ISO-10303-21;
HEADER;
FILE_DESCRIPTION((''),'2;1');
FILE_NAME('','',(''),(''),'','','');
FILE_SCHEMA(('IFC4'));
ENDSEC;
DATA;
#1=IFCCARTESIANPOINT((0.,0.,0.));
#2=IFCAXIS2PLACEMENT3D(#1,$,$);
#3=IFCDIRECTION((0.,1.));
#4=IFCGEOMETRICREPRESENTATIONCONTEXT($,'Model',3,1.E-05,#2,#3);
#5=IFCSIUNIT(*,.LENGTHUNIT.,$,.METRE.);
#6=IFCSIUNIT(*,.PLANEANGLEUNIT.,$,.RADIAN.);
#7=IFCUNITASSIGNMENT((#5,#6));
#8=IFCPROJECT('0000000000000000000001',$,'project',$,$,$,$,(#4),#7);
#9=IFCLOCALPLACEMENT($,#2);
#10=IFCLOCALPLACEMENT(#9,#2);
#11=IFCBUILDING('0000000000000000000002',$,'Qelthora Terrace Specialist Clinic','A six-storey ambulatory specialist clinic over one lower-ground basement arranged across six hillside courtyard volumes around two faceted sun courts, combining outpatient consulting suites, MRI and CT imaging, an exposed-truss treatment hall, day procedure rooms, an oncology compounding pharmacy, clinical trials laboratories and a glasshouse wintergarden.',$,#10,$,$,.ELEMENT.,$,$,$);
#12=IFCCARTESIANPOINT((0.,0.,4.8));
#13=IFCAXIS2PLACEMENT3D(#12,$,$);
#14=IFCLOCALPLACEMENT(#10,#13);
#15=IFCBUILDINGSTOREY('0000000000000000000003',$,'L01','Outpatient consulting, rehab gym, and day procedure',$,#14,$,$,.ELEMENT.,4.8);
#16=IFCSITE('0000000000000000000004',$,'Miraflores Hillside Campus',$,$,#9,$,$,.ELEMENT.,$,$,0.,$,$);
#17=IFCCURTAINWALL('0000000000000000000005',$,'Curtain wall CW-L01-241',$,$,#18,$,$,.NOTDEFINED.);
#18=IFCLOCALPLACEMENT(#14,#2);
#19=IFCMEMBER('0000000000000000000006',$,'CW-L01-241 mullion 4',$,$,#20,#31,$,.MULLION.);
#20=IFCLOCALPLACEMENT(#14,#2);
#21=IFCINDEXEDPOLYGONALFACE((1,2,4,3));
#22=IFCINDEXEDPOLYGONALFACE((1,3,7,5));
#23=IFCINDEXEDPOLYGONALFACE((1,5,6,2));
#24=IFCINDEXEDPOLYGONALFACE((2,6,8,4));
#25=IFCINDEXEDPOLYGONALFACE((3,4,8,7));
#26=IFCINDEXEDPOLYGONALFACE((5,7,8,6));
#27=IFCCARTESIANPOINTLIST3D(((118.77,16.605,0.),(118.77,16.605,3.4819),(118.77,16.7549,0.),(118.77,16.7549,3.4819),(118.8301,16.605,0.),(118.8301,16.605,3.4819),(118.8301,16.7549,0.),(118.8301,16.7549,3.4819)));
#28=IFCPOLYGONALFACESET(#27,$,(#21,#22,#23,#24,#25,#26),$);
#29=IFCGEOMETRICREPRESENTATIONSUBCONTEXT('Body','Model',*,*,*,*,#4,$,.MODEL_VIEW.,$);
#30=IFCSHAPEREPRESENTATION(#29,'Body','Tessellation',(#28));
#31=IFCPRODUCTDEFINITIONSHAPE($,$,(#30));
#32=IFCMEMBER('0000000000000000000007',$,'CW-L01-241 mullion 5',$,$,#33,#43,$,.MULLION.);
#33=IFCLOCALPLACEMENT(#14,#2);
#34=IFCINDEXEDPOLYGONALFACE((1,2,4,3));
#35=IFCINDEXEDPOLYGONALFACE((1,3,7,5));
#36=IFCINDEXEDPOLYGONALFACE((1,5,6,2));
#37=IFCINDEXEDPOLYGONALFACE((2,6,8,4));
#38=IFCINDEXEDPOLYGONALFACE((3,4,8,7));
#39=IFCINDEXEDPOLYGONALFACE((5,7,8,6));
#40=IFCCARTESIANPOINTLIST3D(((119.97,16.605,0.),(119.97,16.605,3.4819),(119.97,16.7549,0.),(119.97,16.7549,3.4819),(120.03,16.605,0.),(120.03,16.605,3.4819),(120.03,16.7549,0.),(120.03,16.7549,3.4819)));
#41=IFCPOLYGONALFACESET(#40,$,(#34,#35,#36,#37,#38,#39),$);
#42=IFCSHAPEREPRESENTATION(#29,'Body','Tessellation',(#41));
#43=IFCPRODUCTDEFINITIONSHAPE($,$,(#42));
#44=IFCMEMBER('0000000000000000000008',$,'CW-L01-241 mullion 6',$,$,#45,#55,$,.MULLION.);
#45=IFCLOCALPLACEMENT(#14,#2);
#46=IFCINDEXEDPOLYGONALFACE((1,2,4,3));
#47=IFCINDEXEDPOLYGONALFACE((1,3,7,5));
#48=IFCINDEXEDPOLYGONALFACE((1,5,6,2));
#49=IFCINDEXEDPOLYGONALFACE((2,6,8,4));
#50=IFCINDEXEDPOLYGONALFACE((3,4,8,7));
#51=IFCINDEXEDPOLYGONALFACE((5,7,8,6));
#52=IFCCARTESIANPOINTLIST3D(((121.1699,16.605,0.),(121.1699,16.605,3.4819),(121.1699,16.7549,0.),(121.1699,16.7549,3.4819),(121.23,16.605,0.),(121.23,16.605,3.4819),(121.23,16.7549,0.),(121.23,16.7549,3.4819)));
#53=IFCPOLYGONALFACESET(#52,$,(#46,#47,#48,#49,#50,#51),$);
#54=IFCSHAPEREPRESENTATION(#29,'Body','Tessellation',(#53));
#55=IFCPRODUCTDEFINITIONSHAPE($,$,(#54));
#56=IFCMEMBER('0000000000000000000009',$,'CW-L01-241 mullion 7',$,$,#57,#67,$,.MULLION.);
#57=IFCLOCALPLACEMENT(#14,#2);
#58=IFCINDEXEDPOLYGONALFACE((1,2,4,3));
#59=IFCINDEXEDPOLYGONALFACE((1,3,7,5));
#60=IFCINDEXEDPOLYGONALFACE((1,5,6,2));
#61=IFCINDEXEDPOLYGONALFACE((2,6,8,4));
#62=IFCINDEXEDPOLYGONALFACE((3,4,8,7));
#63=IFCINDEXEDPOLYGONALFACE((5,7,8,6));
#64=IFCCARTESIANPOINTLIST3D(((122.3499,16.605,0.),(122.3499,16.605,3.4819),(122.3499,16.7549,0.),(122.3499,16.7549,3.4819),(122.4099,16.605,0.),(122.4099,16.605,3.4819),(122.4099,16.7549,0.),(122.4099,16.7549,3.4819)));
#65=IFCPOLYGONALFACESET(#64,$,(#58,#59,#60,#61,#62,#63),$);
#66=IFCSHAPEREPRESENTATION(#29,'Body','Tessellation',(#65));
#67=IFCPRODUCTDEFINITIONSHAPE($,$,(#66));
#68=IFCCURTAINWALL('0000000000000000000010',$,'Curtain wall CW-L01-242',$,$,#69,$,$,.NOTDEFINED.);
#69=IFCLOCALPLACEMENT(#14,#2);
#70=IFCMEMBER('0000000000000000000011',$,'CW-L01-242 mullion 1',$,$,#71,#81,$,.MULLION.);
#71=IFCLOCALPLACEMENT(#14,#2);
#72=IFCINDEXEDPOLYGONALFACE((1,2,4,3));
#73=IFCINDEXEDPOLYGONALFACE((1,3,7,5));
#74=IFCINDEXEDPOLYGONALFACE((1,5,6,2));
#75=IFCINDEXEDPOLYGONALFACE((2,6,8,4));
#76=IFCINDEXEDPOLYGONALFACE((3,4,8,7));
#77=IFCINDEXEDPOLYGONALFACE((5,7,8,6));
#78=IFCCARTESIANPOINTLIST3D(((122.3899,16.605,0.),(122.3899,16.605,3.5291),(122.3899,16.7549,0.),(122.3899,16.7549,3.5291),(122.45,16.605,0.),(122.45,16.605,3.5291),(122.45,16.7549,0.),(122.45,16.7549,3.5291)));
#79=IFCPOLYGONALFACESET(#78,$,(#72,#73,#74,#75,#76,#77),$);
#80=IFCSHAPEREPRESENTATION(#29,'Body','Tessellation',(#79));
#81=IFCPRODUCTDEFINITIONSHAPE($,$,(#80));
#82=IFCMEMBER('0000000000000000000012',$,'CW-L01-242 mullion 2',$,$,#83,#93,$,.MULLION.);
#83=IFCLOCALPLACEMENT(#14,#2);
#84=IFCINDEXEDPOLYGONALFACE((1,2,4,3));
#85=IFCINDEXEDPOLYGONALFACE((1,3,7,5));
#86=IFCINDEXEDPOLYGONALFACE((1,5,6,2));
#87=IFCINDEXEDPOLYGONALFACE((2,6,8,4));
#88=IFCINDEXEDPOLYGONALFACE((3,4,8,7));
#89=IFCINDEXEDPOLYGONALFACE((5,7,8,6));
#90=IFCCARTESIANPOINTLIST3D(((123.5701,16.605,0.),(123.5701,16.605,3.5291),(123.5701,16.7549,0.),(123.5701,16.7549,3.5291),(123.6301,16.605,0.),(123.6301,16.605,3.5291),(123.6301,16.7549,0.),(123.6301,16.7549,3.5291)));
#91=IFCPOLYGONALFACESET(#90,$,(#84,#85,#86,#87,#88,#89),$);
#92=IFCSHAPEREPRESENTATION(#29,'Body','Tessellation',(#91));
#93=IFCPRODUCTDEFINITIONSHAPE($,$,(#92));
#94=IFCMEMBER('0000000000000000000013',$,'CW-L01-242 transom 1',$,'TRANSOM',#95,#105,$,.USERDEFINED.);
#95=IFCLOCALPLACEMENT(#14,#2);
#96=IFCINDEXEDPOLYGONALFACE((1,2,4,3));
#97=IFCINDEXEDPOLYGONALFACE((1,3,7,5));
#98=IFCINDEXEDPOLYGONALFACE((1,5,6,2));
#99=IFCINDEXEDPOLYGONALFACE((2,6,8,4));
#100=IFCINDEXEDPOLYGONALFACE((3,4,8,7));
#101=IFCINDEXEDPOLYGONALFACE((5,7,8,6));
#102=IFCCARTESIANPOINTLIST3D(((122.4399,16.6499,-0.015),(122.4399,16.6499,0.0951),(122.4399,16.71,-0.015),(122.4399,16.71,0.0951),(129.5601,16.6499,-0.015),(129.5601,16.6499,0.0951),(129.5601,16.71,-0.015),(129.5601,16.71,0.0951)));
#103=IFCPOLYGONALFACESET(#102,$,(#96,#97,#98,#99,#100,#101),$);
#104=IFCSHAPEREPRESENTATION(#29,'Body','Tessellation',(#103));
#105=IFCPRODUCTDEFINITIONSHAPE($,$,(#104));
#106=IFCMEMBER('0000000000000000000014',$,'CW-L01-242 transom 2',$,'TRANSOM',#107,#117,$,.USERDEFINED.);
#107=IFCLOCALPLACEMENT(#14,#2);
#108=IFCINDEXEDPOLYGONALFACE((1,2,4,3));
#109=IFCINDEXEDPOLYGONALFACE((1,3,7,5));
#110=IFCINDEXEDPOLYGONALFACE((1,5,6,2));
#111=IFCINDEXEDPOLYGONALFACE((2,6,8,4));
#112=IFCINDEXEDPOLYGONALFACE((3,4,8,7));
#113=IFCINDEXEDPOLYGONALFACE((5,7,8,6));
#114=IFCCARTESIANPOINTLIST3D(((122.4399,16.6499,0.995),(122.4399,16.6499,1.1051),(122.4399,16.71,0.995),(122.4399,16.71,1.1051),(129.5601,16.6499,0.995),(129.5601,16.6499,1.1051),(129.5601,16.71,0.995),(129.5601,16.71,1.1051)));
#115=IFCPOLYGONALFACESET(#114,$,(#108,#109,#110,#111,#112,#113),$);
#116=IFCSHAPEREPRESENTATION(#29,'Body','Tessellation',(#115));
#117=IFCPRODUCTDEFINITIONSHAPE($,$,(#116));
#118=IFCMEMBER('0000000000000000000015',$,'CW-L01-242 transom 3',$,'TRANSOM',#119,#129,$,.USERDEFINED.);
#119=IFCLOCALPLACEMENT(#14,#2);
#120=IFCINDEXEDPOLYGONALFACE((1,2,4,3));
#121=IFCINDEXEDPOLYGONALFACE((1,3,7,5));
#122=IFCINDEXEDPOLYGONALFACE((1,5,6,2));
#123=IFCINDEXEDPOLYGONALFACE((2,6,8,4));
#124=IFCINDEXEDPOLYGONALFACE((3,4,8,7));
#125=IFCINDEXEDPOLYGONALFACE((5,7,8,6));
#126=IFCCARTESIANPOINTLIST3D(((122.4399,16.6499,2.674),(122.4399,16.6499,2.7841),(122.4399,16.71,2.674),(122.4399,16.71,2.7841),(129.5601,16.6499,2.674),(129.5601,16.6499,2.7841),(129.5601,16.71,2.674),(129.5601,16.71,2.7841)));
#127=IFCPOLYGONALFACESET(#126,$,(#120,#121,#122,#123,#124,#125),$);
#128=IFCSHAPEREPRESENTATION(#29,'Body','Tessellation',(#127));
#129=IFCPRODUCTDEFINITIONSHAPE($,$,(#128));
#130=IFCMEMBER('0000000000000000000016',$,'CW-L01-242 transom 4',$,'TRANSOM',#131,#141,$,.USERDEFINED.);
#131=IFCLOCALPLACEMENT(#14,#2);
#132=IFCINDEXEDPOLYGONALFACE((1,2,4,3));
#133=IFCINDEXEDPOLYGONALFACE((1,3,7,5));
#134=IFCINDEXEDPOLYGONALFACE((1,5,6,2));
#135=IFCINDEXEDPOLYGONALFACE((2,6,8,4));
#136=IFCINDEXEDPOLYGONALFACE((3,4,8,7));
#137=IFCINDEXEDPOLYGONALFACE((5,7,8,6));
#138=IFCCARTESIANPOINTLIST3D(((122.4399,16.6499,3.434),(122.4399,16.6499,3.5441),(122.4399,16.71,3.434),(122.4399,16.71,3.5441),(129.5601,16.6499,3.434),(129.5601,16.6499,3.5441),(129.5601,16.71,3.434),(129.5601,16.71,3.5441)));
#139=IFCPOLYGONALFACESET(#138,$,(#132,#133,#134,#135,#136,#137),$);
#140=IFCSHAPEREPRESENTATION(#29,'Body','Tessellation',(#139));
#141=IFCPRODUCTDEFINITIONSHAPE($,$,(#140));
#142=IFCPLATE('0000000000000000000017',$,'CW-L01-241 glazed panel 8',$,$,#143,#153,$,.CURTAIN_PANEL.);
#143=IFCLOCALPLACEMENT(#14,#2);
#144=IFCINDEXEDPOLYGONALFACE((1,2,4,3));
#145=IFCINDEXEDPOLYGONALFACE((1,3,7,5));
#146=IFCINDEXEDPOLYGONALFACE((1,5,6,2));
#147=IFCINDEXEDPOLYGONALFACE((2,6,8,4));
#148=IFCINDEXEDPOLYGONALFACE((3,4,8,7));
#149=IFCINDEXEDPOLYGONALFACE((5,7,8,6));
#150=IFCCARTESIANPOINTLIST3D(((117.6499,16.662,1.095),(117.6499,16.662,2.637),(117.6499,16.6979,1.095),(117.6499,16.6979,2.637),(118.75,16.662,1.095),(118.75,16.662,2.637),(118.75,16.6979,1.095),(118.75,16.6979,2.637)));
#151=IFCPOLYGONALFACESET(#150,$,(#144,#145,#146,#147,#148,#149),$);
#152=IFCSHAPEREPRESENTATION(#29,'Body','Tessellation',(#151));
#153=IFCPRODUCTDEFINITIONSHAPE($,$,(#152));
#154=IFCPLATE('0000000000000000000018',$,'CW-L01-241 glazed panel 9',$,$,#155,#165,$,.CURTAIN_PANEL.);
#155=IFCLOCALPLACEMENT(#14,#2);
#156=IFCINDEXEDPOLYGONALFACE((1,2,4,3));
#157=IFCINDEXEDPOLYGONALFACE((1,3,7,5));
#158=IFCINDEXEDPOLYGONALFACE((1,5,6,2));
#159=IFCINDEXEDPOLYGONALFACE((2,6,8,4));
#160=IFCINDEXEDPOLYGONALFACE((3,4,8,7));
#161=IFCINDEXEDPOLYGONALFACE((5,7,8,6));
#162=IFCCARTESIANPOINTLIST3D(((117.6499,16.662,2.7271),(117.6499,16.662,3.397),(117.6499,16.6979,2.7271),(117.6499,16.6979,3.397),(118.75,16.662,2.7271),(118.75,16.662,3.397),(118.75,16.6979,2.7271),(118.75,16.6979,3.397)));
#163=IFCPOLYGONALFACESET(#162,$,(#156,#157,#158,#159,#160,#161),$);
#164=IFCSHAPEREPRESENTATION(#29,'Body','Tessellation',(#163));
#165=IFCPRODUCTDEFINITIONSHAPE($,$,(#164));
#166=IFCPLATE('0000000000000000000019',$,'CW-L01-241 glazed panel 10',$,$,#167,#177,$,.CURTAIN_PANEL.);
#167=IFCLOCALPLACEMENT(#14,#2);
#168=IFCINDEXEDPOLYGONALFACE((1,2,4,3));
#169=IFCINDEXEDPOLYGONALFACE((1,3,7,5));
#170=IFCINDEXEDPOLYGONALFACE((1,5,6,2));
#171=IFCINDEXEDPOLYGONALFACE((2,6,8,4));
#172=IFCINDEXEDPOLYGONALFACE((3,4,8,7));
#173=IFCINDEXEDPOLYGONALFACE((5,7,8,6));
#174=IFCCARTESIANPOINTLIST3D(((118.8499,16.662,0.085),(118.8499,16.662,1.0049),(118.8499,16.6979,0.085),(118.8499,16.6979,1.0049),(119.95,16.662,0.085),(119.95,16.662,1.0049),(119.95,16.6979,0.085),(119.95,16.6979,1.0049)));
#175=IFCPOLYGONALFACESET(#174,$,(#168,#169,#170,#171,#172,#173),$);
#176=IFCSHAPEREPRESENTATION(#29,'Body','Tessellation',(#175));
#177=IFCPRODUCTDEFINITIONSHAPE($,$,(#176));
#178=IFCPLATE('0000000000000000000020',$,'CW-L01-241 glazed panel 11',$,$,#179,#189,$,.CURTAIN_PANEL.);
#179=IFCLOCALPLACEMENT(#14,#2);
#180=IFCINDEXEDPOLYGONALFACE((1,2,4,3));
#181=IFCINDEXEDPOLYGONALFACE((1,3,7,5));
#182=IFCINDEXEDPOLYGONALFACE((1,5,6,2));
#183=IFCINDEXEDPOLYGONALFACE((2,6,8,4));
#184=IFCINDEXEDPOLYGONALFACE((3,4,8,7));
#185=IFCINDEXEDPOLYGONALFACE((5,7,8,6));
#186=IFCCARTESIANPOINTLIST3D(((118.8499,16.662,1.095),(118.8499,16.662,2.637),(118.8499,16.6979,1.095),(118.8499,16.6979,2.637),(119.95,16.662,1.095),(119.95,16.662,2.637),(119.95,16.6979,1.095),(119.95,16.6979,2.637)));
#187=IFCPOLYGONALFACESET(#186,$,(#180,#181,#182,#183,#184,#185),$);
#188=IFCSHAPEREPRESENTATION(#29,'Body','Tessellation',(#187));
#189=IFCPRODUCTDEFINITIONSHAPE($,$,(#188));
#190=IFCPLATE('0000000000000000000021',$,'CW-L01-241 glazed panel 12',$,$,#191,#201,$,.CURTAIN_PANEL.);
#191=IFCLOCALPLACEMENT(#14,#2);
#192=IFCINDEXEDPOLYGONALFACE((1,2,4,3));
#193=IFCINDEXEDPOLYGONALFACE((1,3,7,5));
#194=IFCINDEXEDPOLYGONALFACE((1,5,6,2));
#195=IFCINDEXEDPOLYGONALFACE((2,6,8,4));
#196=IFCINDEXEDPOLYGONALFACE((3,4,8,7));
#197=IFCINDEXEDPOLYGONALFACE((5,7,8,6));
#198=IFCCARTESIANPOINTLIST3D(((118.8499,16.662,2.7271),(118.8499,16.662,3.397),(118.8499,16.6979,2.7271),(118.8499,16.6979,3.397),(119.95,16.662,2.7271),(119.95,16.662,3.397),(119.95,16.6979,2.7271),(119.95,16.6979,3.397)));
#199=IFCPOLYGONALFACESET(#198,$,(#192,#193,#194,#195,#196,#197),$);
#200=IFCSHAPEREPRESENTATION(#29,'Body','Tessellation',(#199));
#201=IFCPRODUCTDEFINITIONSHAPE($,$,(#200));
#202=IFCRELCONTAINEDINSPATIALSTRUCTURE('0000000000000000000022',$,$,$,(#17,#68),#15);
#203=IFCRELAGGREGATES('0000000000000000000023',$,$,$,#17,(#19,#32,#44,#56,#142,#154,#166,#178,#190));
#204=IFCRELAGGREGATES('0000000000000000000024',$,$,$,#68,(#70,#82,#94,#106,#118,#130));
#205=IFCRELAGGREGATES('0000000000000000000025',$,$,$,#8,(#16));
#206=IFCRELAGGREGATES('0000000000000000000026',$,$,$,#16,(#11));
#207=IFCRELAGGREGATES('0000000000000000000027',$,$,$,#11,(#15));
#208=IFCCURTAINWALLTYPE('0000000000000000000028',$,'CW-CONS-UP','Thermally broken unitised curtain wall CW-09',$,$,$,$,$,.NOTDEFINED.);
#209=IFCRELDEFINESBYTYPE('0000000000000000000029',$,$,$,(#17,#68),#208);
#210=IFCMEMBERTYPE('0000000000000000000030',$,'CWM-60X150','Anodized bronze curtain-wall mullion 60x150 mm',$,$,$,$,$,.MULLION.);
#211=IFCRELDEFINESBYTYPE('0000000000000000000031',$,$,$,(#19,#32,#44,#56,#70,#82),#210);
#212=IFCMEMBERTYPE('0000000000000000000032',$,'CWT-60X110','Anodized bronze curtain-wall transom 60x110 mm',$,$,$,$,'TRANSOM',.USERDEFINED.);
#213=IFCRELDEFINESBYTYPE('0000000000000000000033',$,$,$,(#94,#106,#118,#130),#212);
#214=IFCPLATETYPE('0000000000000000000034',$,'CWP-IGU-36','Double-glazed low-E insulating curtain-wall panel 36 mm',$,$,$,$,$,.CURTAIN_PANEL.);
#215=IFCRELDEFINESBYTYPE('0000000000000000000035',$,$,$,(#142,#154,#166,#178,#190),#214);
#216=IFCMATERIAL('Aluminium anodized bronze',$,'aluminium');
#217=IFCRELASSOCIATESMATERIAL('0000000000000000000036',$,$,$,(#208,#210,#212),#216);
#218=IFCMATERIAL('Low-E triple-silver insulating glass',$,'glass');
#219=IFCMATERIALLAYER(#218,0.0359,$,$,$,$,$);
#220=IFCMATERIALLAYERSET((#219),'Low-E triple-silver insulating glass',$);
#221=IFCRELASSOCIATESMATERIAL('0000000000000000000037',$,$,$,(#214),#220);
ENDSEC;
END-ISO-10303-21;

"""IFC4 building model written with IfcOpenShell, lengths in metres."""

from ifc_helpers import new_model, si_unit, direction, frame, origin, origin_2d, place, context, subcontext, project, spatial, rectangle, extrude, material, layer, layer_set, material_profile, profile_set, type_object, element, aggregate, save


model = new_model("IFC4")

# Units and contexts
model_context = context("Model", 3, precision=1e-05, world=origin(), true_north=direction((0.0, 1.0)))
body_context = subcontext(model_context, "Body", "Model", "MODEL_VIEW")
ifc_project = project(units=[si_unit("LENGTHUNIT", "METRE"), si_unit("PLANEANGLEUNIT", "RADIAN")], contexts=[model_context])

# Site, building, storey
site_placement = place(None, origin())
site = spatial("IfcSite", under=ifc_project, at=site_placement, Name="Miraflores Hillside Campus", CompositionType="ELEMENT", RefElevation=0.0)
building_placement = place(site_placement, origin())
building = spatial("IfcBuilding", under=site, at=building_placement, Name="Qelthora Terrace Specialist Clinic", Description="A six-storey ambulatory specialist clinic over one lower-ground basement arranged across six hillside courtyard volumes around two faceted sun courts, combining outpatient consulting suites, MRI and CT imaging, an exposed-truss treatment hall, day procedure rooms, an oncology compounding pharmacy, clinical trials laboratories and a glasshouse wintergarden.", CompositionType="ELEMENT")
storey_placement = place(building_placement, frame((0.0, 0.0, 4.8)))
storey = spatial("IfcBuildingStorey", under=building, at=storey_placement, Name="L01", Description="Outpatient consulting, rehab gym, and day procedure", CompositionType="ELEMENT", Elevation=4.8)

# Curtain walls, members
ifc_material_1 = material(Name="Aluminium anodized bronze", Category="aluminium")
curtain_wall_type = type_object("IfcCurtainWallType", Name="CW-CONS-UP", Description="Thermally broken unitised curtain wall CW-09", PredefinedType="NOTDEFINED", material=ifc_material_1)
curtain_wall_1_placement = place(storey_placement, origin())
curtain_wall_1 = element("IfcCurtainWall", 1, at=curtain_wall_1_placement, inside=storey, type_object=curtain_wall_type, Name="Curtain wall CW-L01-241", PredefinedType="NOTDEFINED")
ifc_material_profile_1 = material_profile(ifc_material_1, rectangle(XDim=0.0601, YDim=0.1499, at=origin_2d()), Name="CWM60X150")
ifc_profile_set_1 = profile_set([ifc_material_profile_1], Name="Aluminium anodized bronze")
member_type_1 = type_object("IfcMemberType", Name="CWM-60X150", Description="Anodized bronze curtain-wall mullion 60x150 mm", PredefinedType="MULLION", material=ifc_profile_set_1)
member_1_placement = place(storey_placement, frame((118.8, 16.6799, 0.0), z_axis=(0.0, 0.0, 1.0), x_axis=(1.0, 0.0, 0.0)))
member_1 = element("IfcMember", 2, at=member_1_placement, type_object=member_type_1, Name="CW-L01-241 mullion 4", PredefinedType="MULLION", context=body_context, shape_type="SweptSolid", body=[
    extrude(rectangle(XDim=0.0601, YDim=0.1499, at=origin_2d()), origin(), (0.0, 0.0, 1.0), 3.4819),
])
member_2_placement = place(storey_placement, frame((120.0, 16.6799, 0.0), z_axis=(0.0, 0.0, 1.0), x_axis=(1.0, 0.0, 0.0)))
member_2 = element("IfcMember", 3, at=member_2_placement, type_object=member_type_1, Name="CW-L01-241 mullion 5", PredefinedType="MULLION", context=body_context, shape_type="SweptSolid", body=[
    extrude(rectangle(XDim=0.0601, YDim=0.1499, at=origin_2d()), origin(), (0.0, 0.0, 1.0), 3.4819),
])
member_3_placement = place(storey_placement, frame((121.2, 16.6799, 0.0), z_axis=(0.0, 0.0, 1.0), x_axis=(1.0, 0.0, 0.0)))
member_3 = element("IfcMember", 4, at=member_3_placement, type_object=member_type_1, Name="CW-L01-241 mullion 6", PredefinedType="MULLION", context=body_context, shape_type="SweptSolid", body=[
    extrude(rectangle(XDim=0.0601, YDim=0.1499, at=origin_2d()), origin(), (0.0, 0.0, 1.0), 3.4819),
])
member_4_placement = place(storey_placement, frame((122.3799, 16.6799, 0.0), z_axis=(0.0, 0.0, 1.0), x_axis=(1.0, 0.0, 0.0)))
member_4 = element("IfcMember", 5, at=member_4_placement, type_object=member_type_1, Name="CW-L01-241 mullion 7", PredefinedType="MULLION", context=body_context, shape_type="SweptSolid", body=[
    extrude(rectangle(XDim=0.0601, YDim=0.1499, at=origin_2d()), origin(), (0.0, 0.0, 1.0), 3.4819),
])
curtain_wall_2_placement = place(storey_placement, origin())
curtain_wall_2 = element("IfcCurtainWall", 6, at=curtain_wall_2_placement, inside=storey, type_object=curtain_wall_type, Name="Curtain wall CW-L01-242", PredefinedType="NOTDEFINED")
member_5_placement = place(storey_placement, frame((122.4199, 16.6799, 0.0), z_axis=(0.0, 0.0, 1.0), x_axis=(1.0, 0.0, 0.0)))
member_5 = element("IfcMember", 7, at=member_5_placement, type_object=member_type_1, Name="CW-L01-242 mullion 1", PredefinedType="MULLION", context=body_context, shape_type="SweptSolid", body=[
    extrude(rectangle(XDim=0.0601, YDim=0.1499, at=origin_2d()), origin(), (0.0, 0.0, 1.0), 3.5291),
])
member_6_placement = place(storey_placement, frame((123.6001, 16.6799, 0.0), z_axis=(0.0, 0.0, 1.0), x_axis=(1.0, 0.0, 0.0)))
member_6 = element("IfcMember", 8, at=member_6_placement, type_object=member_type_1, Name="CW-L01-242 mullion 2", PredefinedType="MULLION", context=body_context, shape_type="SweptSolid", body=[
    extrude(rectangle(XDim=0.0601, YDim=0.1499, at=origin_2d()), origin(), (0.0, 0.0, 1.0), 3.5291),
])
ifc_material_profile_2 = material_profile(ifc_material_1, rectangle(XDim=0.0601, YDim=0.1101, at=origin_2d()), Name="CWT60X110")
ifc_profile_set_2 = profile_set([ifc_material_profile_2], Name="Aluminium anodized bronze")
member_type_2 = type_object("IfcMemberType", Name="CWT-60X110", Description="Anodized bronze curtain-wall transom 60x110 mm", ElementType="TRANSOM", PredefinedType="USERDEFINED", material=ifc_profile_set_2)
member_7_placement = place(storey_placement, frame((122.4399, 16.6799, 0.04), z_axis=(1.0, 0.0, 0.0), x_axis=(0.0, 1.0, 0.0)))
member_7 = element("IfcMember", 9, at=member_7_placement, type_object=member_type_2, Name="CW-L01-242 transom 1", ObjectType="TRANSOM", PredefinedType="USERDEFINED", context=body_context, shape_type="SweptSolid", body=[
    extrude(rectangle(XDim=0.0601, YDim=0.1101, at=origin_2d()), origin(), (0.0, 0.0, 1.0), 7.1201),
])
member_8_placement = place(storey_placement, frame((122.4399, 16.6799, 1.05), z_axis=(1.0, 0.0, 0.0), x_axis=(0.0, 1.0, 0.0)))
member_8 = element("IfcMember", 10, at=member_8_placement, type_object=member_type_2, Name="CW-L01-242 transom 2", ObjectType="TRANSOM", PredefinedType="USERDEFINED", context=body_context, shape_type="SweptSolid", body=[
    extrude(rectangle(XDim=0.0601, YDim=0.1101, at=origin_2d()), origin(), (0.0, 0.0, 1.0), 7.1201),
])
member_9_placement = place(storey_placement, frame((122.4399, 16.6799, 2.729), z_axis=(1.0, 0.0, 0.0), x_axis=(0.0, 1.0, 0.0)))
member_9 = element("IfcMember", 11, at=member_9_placement, type_object=member_type_2, Name="CW-L01-242 transom 3", ObjectType="TRANSOM", PredefinedType="USERDEFINED", context=body_context, shape_type="SweptSolid", body=[
    extrude(rectangle(XDim=0.0601, YDim=0.1101, at=origin_2d()), origin(), (0.0, 0.0, 1.0), 7.1201),
])
member_10_placement = place(storey_placement, frame((122.4399, 16.6799, 3.489), z_axis=(1.0, 0.0, 0.0), x_axis=(0.0, 1.0, 0.0)))
member_10 = element("IfcMember", 12, at=member_10_placement, type_object=member_type_2, Name="CW-L01-242 transom 4", ObjectType="TRANSOM", PredefinedType="USERDEFINED", context=body_context, shape_type="SweptSolid", body=[
    extrude(rectangle(XDim=0.0601, YDim=0.1101, at=origin_2d()), origin(), (0.0, 0.0, 1.0), 7.1201),
])

# Plates
ifc_material_2 = material(Name="Low-E triple-silver insulating glass", Category="glass")
ifc_layer = layer(ifc_material_2, 0.0359)
ifc_layer_set = layer_set([ifc_layer], Name="Low-E triple-silver insulating glass")
plate_type = type_object("IfcPlateType", Name="CWP-IGU-36", Description="Double-glazed low-E insulating curtain-wall panel 36 mm", PredefinedType="CURTAIN_PANEL", material=ifc_layer_set)
plate_1_placement = place(storey_placement, frame((118.2, 16.6799, 1.095), z_axis=(0.0, 0.0, 1.0), x_axis=(1.0, 0.0, 0.0)))
plate_1 = element("IfcPlate", 13, at=plate_1_placement, type_object=plate_type, Name="CW-L01-241 glazed panel 8", PredefinedType="CURTAIN_PANEL", context=body_context, shape_type="SweptSolid", body=[
    extrude(rectangle(XDim=1.1001, YDim=0.0359, at=origin_2d()), origin(), (0.0, 0.0, 1.0), 1.542),
])
plate_2_placement = place(storey_placement, frame((118.2, 16.6799, 2.7271), z_axis=(0.0, 0.0, 1.0), x_axis=(1.0, 0.0, 0.0)))
plate_2 = element("IfcPlate", 14, at=plate_2_placement, type_object=plate_type, Name="CW-L01-241 glazed panel 9", PredefinedType="CURTAIN_PANEL", context=body_context, shape_type="SweptSolid", body=[
    extrude(rectangle(XDim=1.1001, YDim=0.0359, at=origin_2d()), origin(), (0.0, 0.0, 1.0), 0.6699),
])
plate_3_placement = place(storey_placement, frame((119.3999, 16.6799, 0.085), z_axis=(0.0, 0.0, 1.0), x_axis=(1.0, 0.0, 0.0)))
plate_3 = element("IfcPlate", 15, at=plate_3_placement, type_object=plate_type, Name="CW-L01-241 glazed panel 10", PredefinedType="CURTAIN_PANEL", context=body_context, shape_type="SweptSolid", body=[
    extrude(rectangle(XDim=1.1001, YDim=0.0359, at=origin_2d()), origin(), (0.0, 0.0, 1.0), 0.9199),
])
plate_4_placement = place(storey_placement, frame((119.3999, 16.6799, 1.095), z_axis=(0.0, 0.0, 1.0), x_axis=(1.0, 0.0, 0.0)))
plate_4 = element("IfcPlate", 16, at=plate_4_placement, type_object=plate_type, Name="CW-L01-241 glazed panel 11", PredefinedType="CURTAIN_PANEL", context=body_context, shape_type="SweptSolid", body=[
    extrude(rectangle(XDim=1.1001, YDim=0.0359, at=origin_2d()), origin(), (0.0, 0.0, 1.0), 1.542),
])
plate_5_placement = place(storey_placement, frame((119.3999, 16.6799, 2.7271), z_axis=(0.0, 0.0, 1.0), x_axis=(1.0, 0.0, 0.0)))
plate_5 = element("IfcPlate", 17, at=plate_5_placement, type_object=plate_type, Name="CW-L01-241 glazed panel 12", PredefinedType="CURTAIN_PANEL", context=body_context, shape_type="SweptSolid", body=[
    extrude(rectangle(XDim=1.1001, YDim=0.0359, at=origin_2d()), origin(), (0.0, 0.0, 1.0), 0.6699),
])
aggregate(curtain_wall_1, [member_1, member_2, member_3, member_4, plate_1, plate_2, plate_3, plate_4, plate_5])
aggregate(curtain_wall_2, [member_5, member_6, member_7, member_8, member_9, member_10])

save(model, "model.ifc")
